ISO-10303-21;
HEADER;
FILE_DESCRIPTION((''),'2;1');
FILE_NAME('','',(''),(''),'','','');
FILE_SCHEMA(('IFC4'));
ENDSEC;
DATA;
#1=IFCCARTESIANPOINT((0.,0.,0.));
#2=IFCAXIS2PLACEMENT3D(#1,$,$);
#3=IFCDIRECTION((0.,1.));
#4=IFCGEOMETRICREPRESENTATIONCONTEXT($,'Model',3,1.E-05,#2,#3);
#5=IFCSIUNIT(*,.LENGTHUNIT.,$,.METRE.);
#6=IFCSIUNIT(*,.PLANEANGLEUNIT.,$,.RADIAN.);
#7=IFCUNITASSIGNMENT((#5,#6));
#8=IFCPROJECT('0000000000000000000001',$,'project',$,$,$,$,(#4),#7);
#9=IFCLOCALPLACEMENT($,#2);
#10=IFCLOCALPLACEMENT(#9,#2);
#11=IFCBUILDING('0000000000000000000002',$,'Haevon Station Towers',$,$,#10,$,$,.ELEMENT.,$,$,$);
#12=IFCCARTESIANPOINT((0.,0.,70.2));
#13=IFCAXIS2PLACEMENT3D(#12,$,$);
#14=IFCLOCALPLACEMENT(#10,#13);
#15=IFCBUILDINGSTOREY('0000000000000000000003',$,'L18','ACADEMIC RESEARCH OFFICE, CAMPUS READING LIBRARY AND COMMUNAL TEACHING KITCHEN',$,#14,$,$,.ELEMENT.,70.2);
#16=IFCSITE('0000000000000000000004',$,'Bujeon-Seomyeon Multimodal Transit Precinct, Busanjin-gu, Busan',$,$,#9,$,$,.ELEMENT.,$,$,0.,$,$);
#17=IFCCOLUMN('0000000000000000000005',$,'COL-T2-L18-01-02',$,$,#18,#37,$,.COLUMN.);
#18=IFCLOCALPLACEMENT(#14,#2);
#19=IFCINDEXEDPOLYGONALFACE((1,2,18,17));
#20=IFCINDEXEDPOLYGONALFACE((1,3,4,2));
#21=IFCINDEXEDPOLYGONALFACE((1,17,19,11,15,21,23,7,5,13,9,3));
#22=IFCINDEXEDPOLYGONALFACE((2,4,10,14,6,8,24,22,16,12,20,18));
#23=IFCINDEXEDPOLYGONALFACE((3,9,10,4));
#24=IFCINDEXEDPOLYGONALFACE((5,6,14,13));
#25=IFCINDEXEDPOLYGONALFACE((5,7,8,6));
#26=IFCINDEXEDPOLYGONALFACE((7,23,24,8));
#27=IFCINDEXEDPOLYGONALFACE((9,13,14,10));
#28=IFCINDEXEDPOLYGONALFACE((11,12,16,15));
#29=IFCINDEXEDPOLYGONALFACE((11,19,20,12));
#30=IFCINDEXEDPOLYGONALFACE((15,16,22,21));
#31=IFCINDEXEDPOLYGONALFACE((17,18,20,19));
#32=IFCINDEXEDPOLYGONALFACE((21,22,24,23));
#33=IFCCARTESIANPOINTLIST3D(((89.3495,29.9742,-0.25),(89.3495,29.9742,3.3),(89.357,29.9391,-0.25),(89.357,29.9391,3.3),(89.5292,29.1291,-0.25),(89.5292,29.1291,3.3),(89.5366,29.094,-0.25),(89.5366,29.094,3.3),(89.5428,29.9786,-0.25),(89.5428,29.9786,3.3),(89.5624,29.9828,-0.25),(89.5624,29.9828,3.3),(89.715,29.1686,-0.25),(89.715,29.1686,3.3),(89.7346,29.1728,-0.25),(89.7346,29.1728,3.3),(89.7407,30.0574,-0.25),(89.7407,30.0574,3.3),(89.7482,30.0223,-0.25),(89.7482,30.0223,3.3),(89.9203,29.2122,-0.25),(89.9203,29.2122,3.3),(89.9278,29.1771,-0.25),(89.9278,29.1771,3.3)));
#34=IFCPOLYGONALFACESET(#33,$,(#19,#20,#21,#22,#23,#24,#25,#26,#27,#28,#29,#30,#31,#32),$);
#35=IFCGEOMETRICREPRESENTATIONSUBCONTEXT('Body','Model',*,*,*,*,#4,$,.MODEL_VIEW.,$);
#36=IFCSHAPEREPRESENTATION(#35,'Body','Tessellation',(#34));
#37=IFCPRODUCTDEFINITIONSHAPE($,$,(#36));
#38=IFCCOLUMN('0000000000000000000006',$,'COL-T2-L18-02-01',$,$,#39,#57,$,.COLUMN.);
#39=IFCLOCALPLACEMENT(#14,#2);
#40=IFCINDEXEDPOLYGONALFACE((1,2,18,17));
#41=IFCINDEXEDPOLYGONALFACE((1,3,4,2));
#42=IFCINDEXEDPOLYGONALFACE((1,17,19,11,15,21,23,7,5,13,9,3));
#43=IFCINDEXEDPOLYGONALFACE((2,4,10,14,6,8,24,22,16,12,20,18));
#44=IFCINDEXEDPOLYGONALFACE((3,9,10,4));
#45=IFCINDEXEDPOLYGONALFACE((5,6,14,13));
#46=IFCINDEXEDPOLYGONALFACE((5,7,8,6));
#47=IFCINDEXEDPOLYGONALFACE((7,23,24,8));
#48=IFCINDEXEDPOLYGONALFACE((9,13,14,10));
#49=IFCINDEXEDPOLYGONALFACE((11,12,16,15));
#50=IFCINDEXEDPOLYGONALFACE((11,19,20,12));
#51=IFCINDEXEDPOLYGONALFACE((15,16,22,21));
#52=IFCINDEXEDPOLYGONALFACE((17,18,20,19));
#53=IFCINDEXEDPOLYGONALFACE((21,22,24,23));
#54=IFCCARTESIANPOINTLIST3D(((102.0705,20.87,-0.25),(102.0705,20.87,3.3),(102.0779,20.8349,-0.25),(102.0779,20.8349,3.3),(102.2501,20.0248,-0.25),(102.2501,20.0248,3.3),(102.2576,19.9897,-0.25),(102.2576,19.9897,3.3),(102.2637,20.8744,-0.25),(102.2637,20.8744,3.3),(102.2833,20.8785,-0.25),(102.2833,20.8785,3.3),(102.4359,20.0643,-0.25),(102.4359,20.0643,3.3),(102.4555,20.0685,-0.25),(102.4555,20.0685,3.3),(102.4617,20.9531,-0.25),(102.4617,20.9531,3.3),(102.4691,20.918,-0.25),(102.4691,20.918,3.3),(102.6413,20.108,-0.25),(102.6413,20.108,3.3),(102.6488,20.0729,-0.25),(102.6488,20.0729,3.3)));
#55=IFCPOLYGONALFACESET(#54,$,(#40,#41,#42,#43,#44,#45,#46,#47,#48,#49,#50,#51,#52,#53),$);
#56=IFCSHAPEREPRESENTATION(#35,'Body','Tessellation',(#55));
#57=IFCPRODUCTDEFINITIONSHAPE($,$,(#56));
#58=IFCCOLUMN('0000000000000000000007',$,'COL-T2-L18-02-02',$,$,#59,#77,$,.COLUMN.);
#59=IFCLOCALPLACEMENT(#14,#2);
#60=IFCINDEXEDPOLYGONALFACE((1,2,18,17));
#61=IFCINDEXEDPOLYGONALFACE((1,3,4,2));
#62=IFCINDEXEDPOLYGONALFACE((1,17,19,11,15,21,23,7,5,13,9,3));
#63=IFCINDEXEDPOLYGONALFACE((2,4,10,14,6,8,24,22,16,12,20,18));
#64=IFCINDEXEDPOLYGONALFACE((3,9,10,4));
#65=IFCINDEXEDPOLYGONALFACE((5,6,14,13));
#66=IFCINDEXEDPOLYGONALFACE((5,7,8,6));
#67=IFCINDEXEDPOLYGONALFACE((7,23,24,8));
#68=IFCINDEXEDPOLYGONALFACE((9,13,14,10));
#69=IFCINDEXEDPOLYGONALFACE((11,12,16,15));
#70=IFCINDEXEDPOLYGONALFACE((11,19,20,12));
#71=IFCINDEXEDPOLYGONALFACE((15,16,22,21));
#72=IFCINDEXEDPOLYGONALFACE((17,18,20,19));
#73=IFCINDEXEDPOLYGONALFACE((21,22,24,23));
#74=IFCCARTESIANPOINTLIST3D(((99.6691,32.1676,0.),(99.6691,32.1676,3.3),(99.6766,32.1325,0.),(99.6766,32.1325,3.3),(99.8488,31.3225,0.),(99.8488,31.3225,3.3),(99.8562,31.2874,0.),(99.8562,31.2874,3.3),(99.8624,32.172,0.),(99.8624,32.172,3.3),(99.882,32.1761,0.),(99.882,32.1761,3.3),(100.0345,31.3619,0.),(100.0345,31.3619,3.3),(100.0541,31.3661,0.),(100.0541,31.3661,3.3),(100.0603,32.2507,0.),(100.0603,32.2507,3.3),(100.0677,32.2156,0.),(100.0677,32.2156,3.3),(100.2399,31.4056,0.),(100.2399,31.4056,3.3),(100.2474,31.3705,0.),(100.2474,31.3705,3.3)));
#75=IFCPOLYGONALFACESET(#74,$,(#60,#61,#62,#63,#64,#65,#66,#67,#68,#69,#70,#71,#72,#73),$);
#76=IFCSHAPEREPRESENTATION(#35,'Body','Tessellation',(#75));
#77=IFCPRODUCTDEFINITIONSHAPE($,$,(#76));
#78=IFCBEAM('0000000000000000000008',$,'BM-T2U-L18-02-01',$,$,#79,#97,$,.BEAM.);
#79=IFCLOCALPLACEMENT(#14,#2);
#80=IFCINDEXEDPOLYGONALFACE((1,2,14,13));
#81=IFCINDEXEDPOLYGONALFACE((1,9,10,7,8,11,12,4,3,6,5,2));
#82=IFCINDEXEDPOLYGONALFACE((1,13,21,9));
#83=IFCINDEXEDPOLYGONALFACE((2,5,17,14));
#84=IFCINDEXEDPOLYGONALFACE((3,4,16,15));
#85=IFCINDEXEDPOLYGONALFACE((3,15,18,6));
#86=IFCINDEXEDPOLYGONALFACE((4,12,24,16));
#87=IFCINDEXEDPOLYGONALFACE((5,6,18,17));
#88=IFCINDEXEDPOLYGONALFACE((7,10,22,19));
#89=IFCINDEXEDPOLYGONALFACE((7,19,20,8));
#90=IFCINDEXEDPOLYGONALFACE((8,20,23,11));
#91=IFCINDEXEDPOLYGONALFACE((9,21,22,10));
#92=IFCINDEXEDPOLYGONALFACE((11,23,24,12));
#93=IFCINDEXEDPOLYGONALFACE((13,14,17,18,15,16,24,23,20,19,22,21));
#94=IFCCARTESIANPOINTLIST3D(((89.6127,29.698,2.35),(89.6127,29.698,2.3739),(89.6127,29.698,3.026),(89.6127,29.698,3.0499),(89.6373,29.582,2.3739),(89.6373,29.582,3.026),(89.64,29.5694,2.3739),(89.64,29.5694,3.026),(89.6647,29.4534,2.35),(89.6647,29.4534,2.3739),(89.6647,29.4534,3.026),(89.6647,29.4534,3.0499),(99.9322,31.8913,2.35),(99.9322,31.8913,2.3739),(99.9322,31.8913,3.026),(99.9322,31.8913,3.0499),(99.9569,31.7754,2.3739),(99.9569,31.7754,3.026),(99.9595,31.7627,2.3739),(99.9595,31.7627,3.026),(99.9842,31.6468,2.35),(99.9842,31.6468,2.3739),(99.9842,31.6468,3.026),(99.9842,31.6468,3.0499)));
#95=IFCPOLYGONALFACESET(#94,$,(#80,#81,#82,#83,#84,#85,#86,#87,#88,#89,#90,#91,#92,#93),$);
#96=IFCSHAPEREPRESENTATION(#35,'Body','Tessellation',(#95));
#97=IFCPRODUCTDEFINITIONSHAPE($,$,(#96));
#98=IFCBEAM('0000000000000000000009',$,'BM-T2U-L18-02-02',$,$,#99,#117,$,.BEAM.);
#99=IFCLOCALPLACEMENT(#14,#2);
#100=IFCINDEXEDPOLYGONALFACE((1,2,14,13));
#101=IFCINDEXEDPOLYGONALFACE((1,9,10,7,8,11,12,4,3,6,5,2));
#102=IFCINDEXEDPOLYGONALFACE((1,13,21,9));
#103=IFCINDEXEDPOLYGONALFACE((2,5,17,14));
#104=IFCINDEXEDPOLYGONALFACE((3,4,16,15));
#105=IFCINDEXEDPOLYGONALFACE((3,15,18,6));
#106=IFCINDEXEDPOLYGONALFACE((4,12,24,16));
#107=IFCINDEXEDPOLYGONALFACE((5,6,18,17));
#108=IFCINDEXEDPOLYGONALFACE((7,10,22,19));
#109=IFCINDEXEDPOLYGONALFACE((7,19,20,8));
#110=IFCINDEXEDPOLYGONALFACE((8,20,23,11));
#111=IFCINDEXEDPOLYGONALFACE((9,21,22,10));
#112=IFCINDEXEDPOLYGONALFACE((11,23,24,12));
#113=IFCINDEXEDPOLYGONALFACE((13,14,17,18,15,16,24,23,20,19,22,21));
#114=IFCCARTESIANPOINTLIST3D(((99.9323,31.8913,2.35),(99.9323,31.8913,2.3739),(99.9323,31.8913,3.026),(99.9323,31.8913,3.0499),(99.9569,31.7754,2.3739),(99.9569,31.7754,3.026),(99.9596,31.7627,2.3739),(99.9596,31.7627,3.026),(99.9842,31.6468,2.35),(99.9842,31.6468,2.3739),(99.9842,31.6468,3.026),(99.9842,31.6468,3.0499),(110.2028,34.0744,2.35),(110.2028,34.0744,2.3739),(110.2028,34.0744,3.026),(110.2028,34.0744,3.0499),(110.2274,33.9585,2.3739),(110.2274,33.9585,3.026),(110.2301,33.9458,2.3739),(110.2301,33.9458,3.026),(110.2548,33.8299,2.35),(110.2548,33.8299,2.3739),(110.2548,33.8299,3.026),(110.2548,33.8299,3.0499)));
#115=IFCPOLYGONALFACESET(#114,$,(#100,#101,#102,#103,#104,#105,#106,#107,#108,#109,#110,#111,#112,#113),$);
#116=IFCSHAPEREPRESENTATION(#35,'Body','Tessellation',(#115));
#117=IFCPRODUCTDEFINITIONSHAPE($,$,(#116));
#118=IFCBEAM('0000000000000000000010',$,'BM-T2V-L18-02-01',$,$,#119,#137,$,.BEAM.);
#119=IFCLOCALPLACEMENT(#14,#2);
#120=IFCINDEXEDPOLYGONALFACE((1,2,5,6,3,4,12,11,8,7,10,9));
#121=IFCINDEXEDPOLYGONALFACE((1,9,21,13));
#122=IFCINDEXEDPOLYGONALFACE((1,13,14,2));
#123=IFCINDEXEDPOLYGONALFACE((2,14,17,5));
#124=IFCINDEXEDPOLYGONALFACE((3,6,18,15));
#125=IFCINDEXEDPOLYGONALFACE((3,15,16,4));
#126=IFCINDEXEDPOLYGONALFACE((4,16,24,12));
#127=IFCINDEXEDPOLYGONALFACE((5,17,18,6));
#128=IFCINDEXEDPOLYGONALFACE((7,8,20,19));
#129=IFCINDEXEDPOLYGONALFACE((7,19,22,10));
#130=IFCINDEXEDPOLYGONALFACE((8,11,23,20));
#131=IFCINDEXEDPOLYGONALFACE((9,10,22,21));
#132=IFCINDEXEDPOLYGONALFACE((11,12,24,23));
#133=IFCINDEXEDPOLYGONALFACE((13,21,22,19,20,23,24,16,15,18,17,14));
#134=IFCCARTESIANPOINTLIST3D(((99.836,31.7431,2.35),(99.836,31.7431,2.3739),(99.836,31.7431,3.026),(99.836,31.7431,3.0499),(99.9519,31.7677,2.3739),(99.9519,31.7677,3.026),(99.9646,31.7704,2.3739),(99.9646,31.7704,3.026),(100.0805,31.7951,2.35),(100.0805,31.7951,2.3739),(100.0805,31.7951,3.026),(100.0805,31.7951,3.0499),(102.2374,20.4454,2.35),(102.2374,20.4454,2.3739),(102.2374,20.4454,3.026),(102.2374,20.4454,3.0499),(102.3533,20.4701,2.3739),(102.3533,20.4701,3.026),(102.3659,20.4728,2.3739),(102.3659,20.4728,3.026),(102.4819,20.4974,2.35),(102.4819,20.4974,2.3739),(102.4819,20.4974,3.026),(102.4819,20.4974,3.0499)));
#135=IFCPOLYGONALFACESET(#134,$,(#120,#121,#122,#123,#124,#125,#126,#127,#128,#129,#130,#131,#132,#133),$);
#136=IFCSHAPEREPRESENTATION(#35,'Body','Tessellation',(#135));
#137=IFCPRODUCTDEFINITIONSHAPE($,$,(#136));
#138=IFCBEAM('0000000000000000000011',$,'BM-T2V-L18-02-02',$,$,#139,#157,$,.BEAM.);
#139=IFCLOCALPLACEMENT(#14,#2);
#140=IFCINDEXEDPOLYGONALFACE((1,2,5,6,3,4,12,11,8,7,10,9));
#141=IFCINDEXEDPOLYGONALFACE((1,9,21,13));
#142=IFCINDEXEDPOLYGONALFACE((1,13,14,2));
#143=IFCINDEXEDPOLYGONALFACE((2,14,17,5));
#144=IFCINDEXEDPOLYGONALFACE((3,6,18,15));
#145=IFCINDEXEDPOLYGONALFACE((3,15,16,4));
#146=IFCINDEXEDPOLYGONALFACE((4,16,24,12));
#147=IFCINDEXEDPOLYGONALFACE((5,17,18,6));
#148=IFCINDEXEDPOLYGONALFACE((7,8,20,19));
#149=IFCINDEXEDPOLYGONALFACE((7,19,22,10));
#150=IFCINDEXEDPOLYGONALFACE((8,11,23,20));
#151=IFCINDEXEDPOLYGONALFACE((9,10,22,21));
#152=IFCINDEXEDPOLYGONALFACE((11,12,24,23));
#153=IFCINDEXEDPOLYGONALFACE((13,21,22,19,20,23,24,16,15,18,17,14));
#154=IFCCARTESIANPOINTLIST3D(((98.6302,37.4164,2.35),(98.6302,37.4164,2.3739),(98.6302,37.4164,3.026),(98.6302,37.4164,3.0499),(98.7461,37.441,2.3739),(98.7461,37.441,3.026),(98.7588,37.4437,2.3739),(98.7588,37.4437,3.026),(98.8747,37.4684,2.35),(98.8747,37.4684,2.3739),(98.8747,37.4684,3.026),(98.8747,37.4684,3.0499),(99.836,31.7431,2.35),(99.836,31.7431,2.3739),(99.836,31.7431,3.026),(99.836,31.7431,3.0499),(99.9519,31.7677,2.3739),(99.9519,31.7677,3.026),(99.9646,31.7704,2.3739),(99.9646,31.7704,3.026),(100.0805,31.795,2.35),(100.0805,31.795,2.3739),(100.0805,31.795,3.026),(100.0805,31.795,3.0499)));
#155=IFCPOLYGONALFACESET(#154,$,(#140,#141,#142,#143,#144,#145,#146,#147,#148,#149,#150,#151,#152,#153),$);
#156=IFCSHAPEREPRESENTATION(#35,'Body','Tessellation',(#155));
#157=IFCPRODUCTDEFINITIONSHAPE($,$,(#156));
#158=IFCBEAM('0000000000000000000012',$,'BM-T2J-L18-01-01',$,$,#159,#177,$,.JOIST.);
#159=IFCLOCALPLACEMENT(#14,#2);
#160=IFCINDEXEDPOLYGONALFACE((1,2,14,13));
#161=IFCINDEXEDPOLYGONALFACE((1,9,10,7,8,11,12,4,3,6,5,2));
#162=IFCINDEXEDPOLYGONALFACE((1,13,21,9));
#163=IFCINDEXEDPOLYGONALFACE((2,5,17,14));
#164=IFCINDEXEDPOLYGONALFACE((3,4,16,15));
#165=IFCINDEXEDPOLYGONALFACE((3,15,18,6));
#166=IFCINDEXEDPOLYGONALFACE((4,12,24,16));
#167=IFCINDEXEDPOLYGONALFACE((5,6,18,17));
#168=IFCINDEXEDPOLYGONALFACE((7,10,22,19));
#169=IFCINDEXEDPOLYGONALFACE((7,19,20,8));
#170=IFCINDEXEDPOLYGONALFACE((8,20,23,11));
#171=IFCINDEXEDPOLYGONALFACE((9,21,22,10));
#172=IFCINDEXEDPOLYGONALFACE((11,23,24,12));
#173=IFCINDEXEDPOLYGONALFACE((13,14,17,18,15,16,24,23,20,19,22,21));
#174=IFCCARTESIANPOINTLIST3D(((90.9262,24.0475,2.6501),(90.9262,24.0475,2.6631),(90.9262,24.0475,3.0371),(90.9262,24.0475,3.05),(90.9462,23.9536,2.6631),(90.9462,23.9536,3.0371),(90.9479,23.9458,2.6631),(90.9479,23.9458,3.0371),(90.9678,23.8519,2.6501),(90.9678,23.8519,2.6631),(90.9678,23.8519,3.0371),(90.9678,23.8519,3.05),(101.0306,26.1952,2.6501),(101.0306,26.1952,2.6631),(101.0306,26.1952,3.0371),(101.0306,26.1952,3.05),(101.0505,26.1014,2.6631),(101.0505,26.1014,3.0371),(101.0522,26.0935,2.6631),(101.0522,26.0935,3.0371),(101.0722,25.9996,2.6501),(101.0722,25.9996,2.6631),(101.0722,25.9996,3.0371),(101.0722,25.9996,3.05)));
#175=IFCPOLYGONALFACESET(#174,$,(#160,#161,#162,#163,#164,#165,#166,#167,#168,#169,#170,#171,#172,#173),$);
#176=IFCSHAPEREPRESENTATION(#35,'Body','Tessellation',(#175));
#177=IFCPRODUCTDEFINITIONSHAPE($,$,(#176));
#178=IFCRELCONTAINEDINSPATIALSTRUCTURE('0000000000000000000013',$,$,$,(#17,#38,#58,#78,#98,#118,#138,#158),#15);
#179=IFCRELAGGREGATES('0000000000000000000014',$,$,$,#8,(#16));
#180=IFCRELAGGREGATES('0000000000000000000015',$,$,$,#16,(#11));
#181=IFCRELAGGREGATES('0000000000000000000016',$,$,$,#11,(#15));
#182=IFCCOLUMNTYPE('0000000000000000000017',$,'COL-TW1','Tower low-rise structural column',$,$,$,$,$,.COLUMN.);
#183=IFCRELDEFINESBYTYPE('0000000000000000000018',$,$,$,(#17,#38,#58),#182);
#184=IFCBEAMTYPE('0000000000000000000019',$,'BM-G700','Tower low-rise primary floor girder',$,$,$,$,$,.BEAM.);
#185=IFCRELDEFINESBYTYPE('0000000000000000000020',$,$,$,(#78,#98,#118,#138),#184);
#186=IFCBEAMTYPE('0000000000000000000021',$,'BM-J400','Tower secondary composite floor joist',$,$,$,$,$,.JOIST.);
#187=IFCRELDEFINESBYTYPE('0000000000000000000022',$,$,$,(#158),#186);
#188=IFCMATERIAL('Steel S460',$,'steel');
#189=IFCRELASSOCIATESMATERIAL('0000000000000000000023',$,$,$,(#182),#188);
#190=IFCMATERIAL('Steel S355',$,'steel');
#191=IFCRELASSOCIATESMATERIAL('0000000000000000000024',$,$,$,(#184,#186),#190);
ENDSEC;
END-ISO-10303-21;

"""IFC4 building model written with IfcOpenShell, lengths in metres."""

from ifc_helpers import new_model, si_unit, direction, frame, origin, origin_2d, place, context, subcontext, project, spatial, i_section, extrude, material, material_profile, profile_set, type_object, element, save


model = new_model("IFC4")

# Units and contexts
model_context = context("Model", 3, precision=1e-05, world=origin(), true_north=direction((0.0, 1.0)))
body_context = subcontext(model_context, "Body", "Model", "MODEL_VIEW")
ifc_project = project(units=[si_unit("LENGTHUNIT", "METRE"), si_unit("PLANEANGLEUNIT", "RADIAN")], contexts=[model_context])

# Site, building, storey
site_placement = place(None, origin())
site = spatial("IfcSite", under=ifc_project, at=site_placement, Name="Bujeon-Seomyeon Multimodal Transit Precinct, Busanjin-gu, Busan", CompositionType="ELEMENT", RefElevation=0.0)
building_placement = place(site_placement, origin())
building = spatial("IfcBuilding", under=site, at=building_placement, Name="Haevon Station Towers", CompositionType="ELEMENT")
storey_placement = place(building_placement, frame((0.0, 0.0, 70.2)))
storey = spatial("IfcBuildingStorey", under=building, at=storey_placement, Name="L18", Description="ACADEMIC RESEARCH OFFICE, CAMPUS READING LIBRARY AND COMMUNAL TEACHING KITCHEN", CompositionType="ELEMENT", Elevation=70.2)

# Columns
ifc_material_1 = material(Name="Steel S460", Category="steel")
ifc_material_profile_1 = material_profile(ifc_material_1, i_section(OverallWidth=0.3999, OverallDepth=0.8999, WebThickness=0.02, FlangeThickness=0.0359, at=origin_2d()), Name="H-900x400x20x36")
ifc_profile_set_1 = profile_set([ifc_material_profile_1], Name="Steel S460")
column_type = type_object("IfcColumnType", Name="COL-TW1", Description="Tower low-rise structural column", PredefinedType="COLUMN", material=ifc_profile_set_1)
for number, where, z_axis, x_axis, name in (
    (1, (89.6387, 29.5757, -0.25), (0.0, 0.0, 1.0), (0.978148, 0.207912, 0.0), "COL-T2-L18-01-02"),
    (2, (102.3596, 20.4714, -0.25), (0.0, 0.0, 1.0), (0.978148, 0.207912, 0.0), "COL-T2-L18-02-01"),
):
    element("IfcColumn", number, at=place(storey_placement, frame(where, z_axis=z_axis, x_axis=x_axis)), inside=storey, type_object=column_type, Name=name, PredefinedType="COLUMN", context=body_context, shape_type="SweptSolid", body=[
        extrude(i_section(OverallWidth=0.3999, OverallDepth=0.8999, WebThickness=0.02, FlangeThickness=0.0359, at=origin_2d()), origin(), (0.0, 0.0, 1.0), 3.55),
    ])
column_placement = place(storey_placement, frame((99.9583, 31.769, 0.0), z_axis=(0.0, 0.0, 1.0), x_axis=(0.978148, 0.207912, 0.0)))
element("IfcColumn", 3, at=column_placement, inside=storey, type_object=column_type, Name="COL-T2-L18-02-02", PredefinedType="COLUMN", context=body_context, shape_type="SweptSolid", body=[
    extrude(i_section(OverallWidth=0.3999, OverallDepth=0.8999, WebThickness=0.02, FlangeThickness=0.0359, at=origin_2d()), origin(), (0.0, 0.0, 1.0), 3.3),
])

# Beams
ifc_material_2 = material(Name="Steel S355", Category="steel")
ifc_material_profile_2 = material_profile(ifc_material_2, i_section(OverallWidth=0.25, OverallDepth=0.7, WebThickness=0.0129, FlangeThickness=0.0239, at=origin_2d()), Name="H-700x250x13x24")
ifc_profile_set_2 = profile_set([ifc_material_profile_2], Name="Steel S355")
beam_type_1 = type_object("IfcBeamType", Name="BM-G700", Description="Tower low-rise primary floor girder", PredefinedType="BEAM", material=ifc_profile_set_2)
beam_1_placement = place(storey_placement, frame((89.6387, 29.5757, 2.7), z_axis=(0.97815, 0.207899, 0.0), x_axis=(-0.207899, 0.97815, 0.0)))
element("IfcBeam", 4, at=beam_1_placement, inside=storey, type_object=beam_type_1, Name="BM-T2U-L18-02-01", PredefinedType="BEAM", context=body_context, shape_type="SweptSolid", body=[
    extrude(i_section(OverallWidth=0.25, OverallDepth=0.7, WebThickness=0.0129, FlangeThickness=0.0239, at=origin_2d()), origin(), (0.0, 0.0, 1.0), 10.55),
])
beam_2_placement = place(storey_placement, frame((99.9583, 31.769, 2.7), z_axis=(0.978147, 0.207915, 0.0), x_axis=(-0.207915, 0.978147, 0.0)))
element("IfcBeam", 5, at=beam_2_placement, inside=storey, type_object=beam_type_1, Name="BM-T2U-L18-02-02", PredefinedType="BEAM", context=body_context, shape_type="SweptSolid", body=[
    extrude(i_section(OverallWidth=0.25, OverallDepth=0.7, WebThickness=0.0129, FlangeThickness=0.0239, at=origin_2d()), origin(), (0.0, 0.0, 1.0), 10.5),
])
beam_3_placement = place(storey_placement, frame((102.3596, 20.4714, 2.7), z_axis=(-0.207911, 0.978148, 0.0), x_axis=(-0.978148, -0.207911, 0.0)))
element("IfcBeam", 6, at=beam_3_placement, inside=storey, type_object=beam_type_1, Name="BM-T2V-L18-02-01", PredefinedType="BEAM", context=body_context, shape_type="SweptSolid", body=[
    extrude(i_section(OverallWidth=0.25, OverallDepth=0.7, WebThickness=0.0129, FlangeThickness=0.0239, at=origin_2d()), origin(), (0.0, 0.0, 1.0), 11.55),
])
beam_4_placement = place(storey_placement, frame((99.9583, 31.769, 2.7), z_axis=(-0.207896, 0.978151, 0.0), x_axis=(-0.978151, -0.207896, 0.0)))
element("IfcBeam", 7, at=beam_4_placement, inside=storey, type_object=beam_type_1, Name="BM-T2V-L18-02-02", PredefinedType="BEAM", context=body_context, shape_type="SweptSolid", body=[
    extrude(i_section(OverallWidth=0.25, OverallDepth=0.7, WebThickness=0.0129, FlangeThickness=0.0239, at=origin_2d()), origin(), (0.0, 0.0, 1.0), 5.8),
])
ifc_material_profile_3 = material_profile(ifc_material_2, i_section(OverallWidth=0.2, OverallDepth=0.3999, WebThickness=0.0081, FlangeThickness=0.0129, at=origin_2d()), Name="H-400x200x8x13")
ifc_profile_set_3 = profile_set([ifc_material_profile_3], Name="Steel S355")
beam_type_2 = type_object("IfcBeamType", Name="BM-J400", Description="Tower secondary composite floor joist", PredefinedType="JOIST", material=ifc_profile_set_3)
beam_5_placement = place(storey_placement, frame((90.947, 23.9497, 2.8501), z_axis=(0.978148, 0.20791, 0.0), x_axis=(-0.20791, 0.978148, 0.0)))
element("IfcBeam", 8, at=beam_5_placement, inside=storey, type_object=beam_type_2, Name="BM-T2J-L18-01-01", PredefinedType="JOIST", context=body_context, shape_type="SweptSolid", body=[
    extrude(i_section(OverallWidth=0.2, OverallDepth=0.3999, WebThickness=0.0081, FlangeThickness=0.0129, at=origin_2d()), origin(), (0.0, 0.0, 1.0), 10.3301),
])

save(model, "model.ifc")
